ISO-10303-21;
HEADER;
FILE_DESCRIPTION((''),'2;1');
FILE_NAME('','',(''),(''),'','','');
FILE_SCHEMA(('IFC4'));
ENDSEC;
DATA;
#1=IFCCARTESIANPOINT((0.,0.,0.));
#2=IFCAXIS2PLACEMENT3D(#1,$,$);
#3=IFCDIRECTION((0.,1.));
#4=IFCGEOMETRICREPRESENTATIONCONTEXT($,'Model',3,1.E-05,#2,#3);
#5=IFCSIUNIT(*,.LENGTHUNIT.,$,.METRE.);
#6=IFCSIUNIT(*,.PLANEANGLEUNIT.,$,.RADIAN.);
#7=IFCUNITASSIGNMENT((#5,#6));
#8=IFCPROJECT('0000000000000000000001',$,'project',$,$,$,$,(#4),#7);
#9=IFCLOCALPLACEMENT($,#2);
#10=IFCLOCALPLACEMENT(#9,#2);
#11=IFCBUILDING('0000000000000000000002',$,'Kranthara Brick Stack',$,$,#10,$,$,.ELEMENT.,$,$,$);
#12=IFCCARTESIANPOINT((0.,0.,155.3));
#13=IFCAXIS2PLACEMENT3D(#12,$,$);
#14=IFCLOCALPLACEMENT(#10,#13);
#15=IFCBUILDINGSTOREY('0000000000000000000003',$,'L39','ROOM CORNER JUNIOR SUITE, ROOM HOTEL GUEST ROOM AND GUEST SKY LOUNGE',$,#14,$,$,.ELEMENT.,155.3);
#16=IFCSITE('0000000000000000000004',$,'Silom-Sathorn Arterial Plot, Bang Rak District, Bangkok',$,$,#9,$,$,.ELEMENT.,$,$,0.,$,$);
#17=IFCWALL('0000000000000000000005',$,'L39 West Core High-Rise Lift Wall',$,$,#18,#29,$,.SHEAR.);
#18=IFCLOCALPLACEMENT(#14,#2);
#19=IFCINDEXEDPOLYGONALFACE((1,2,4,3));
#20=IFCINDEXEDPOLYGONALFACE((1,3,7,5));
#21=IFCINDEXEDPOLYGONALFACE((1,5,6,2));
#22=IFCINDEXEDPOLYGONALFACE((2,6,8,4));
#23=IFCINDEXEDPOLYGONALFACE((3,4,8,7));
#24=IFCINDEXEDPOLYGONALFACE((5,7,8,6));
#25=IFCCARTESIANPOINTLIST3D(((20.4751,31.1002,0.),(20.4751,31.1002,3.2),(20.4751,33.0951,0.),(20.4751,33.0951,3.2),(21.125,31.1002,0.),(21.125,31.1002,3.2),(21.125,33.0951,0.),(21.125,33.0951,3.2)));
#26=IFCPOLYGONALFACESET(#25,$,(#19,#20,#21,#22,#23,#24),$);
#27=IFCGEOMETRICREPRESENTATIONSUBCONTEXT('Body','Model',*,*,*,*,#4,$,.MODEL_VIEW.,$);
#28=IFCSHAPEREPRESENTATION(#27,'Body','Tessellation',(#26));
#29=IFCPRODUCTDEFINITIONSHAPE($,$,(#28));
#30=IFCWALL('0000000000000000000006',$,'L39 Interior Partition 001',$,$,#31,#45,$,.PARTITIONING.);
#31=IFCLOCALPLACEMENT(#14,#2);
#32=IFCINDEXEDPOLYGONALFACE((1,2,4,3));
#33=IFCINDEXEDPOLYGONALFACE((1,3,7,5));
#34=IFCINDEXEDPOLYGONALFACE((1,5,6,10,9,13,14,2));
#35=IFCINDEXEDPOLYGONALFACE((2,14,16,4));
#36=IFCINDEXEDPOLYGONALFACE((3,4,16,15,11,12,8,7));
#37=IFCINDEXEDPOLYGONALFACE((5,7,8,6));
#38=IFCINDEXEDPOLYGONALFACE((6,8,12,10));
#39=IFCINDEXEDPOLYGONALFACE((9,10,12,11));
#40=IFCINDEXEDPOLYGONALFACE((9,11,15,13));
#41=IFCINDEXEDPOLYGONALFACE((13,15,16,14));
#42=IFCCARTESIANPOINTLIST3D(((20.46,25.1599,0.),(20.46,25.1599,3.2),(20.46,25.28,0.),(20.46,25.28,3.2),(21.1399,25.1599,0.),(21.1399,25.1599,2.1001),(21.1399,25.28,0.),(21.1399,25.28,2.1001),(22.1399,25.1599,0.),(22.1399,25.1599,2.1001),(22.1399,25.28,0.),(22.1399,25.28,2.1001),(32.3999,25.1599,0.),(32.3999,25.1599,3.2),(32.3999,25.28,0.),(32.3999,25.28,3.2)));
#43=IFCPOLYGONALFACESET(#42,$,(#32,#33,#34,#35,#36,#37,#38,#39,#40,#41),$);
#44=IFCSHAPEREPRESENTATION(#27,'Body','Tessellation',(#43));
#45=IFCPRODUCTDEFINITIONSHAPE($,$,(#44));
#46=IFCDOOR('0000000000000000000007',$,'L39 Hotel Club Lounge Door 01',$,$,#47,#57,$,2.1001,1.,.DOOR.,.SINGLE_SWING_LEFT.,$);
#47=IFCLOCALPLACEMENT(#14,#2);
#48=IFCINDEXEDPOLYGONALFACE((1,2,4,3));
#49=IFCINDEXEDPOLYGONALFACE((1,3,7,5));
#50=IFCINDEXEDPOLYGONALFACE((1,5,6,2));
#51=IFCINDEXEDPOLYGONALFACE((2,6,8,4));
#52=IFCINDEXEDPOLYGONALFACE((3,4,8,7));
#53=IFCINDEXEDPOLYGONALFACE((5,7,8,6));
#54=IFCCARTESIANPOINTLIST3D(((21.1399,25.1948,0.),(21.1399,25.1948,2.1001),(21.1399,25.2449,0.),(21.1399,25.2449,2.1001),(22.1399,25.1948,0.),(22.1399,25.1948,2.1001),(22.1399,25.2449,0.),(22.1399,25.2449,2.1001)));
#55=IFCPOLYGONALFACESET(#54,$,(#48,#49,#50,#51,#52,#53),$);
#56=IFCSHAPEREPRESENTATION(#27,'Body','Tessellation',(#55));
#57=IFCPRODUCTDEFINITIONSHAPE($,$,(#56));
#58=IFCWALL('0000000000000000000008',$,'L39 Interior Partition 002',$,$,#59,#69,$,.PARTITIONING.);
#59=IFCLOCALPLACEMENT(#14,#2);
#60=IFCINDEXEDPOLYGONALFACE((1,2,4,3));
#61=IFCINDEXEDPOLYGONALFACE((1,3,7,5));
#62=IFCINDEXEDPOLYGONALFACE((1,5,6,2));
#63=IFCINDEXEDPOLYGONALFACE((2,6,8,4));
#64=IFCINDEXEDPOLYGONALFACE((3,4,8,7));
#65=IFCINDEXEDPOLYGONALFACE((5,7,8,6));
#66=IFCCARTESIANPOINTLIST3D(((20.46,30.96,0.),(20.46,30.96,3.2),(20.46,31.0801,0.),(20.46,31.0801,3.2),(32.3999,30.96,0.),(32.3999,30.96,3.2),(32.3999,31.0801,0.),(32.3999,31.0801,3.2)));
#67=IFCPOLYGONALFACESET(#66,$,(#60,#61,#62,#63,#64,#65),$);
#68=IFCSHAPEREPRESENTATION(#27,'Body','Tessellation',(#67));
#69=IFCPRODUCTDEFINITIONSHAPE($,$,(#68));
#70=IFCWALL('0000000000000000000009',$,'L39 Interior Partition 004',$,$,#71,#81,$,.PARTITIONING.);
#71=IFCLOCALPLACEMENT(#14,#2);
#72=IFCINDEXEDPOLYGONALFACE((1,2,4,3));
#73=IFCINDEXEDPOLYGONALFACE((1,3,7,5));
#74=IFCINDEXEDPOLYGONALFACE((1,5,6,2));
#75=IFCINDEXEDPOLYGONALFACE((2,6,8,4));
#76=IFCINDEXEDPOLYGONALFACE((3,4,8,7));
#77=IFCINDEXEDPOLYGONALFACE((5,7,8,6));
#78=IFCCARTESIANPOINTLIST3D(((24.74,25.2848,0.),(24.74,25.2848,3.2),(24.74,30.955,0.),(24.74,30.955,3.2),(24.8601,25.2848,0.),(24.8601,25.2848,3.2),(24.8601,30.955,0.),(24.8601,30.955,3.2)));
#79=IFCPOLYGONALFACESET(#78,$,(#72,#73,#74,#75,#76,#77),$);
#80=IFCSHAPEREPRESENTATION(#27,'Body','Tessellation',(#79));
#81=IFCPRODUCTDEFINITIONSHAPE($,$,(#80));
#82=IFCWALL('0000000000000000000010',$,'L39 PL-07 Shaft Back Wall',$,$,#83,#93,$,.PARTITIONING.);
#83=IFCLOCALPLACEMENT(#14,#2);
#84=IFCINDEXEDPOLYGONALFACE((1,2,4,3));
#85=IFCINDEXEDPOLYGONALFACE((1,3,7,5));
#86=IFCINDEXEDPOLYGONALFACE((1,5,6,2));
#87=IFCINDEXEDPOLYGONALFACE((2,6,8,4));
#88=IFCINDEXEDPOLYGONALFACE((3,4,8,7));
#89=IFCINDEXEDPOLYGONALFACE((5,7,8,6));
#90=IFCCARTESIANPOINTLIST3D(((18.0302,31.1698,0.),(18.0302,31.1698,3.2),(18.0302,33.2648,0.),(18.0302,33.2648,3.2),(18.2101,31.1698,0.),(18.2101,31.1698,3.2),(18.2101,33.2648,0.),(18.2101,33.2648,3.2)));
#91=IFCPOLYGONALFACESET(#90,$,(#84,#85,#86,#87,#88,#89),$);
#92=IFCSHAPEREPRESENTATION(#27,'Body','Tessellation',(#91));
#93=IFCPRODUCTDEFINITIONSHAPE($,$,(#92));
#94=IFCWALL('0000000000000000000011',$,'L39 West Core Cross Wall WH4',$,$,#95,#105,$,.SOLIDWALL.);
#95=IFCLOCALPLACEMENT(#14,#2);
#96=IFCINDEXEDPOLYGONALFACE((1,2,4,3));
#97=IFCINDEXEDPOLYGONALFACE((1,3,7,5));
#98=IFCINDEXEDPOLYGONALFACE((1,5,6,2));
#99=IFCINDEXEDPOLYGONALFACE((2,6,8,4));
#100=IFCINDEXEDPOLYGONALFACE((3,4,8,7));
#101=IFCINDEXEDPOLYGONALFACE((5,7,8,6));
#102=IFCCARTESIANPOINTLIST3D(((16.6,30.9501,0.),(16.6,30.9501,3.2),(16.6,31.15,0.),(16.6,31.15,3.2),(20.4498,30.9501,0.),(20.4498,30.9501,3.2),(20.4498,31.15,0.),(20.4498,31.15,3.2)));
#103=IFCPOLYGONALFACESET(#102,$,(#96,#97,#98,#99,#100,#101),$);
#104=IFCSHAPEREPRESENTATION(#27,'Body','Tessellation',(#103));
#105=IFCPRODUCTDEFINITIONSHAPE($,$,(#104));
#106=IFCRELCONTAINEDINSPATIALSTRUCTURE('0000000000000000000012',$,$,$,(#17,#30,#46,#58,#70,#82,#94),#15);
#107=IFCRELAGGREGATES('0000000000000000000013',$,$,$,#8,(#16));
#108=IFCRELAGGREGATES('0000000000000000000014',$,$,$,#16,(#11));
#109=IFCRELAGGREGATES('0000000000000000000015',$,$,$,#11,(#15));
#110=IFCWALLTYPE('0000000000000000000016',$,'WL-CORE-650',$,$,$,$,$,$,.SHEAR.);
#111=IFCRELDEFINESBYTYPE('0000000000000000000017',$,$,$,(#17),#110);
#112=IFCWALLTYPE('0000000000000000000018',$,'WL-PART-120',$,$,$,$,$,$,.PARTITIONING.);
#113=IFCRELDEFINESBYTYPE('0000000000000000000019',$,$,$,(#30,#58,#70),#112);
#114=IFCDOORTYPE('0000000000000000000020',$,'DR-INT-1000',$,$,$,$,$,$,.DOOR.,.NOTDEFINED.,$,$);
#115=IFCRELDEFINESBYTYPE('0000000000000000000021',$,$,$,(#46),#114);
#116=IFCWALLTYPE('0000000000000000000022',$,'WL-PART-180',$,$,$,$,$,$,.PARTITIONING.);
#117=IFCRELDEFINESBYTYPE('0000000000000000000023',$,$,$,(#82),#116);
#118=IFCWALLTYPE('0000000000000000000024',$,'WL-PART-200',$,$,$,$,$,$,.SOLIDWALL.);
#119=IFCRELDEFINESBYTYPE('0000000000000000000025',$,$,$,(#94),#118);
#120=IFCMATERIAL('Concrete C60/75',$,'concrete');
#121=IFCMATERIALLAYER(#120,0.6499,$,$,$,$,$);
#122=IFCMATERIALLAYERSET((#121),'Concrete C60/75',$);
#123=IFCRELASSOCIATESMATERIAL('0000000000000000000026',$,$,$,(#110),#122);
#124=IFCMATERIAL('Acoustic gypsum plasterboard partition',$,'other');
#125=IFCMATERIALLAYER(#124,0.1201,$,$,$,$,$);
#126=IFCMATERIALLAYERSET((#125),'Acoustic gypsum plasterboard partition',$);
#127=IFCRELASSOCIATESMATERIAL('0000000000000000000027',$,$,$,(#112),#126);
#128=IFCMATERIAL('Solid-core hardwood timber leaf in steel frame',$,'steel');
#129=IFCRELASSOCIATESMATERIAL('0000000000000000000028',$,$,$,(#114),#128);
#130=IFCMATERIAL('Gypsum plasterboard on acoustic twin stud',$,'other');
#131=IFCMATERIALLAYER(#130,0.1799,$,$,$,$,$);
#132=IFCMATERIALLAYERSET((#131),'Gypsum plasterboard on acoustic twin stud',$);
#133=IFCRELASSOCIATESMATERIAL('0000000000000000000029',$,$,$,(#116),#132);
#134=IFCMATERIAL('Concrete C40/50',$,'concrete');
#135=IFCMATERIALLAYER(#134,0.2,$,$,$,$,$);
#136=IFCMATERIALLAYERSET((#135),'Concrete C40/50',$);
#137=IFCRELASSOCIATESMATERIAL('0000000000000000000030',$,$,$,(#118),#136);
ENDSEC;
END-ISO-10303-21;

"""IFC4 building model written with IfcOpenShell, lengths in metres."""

from ifc_helpers import new_model, si_unit, direction, frame, frame_2d, origin, place, context, subcontext, project, spatial, rectangle, extrude, material, layer, layer_set, type_object, element, fill, save


model = new_model("IFC4")

# Units and contexts
model_context = context("Model", 3, precision=1e-05, world=origin(), true_north=direction((0.0, 1.0)))
body_context = subcontext(model_context, "Body", "Model", "MODEL_VIEW")
ifc_project = project(units=[si_unit("LENGTHUNIT", "METRE"), si_unit("PLANEANGLEUNIT", "RADIAN")], contexts=[model_context])

# Site, building, storey
site_placement = place(None, origin())
site = spatial("IfcSite", under=ifc_project, at=site_placement, Name="Silom-Sathorn Arterial Plot, Bang Rak District, Bangkok", CompositionType="ELEMENT", RefElevation=0.0)
building_placement = place(site_placement, origin())
building = spatial("IfcBuilding", under=site, at=building_placement, Name="Kranthara Brick Stack", CompositionType="ELEMENT")
storey_placement = place(building_placement, frame((0.0, 0.0, 155.3)))
storey = spatial("IfcBuildingStorey", under=building, at=storey_placement, Name="L39", Description="ROOM CORNER JUNIOR SUITE, ROOM HOTEL GUEST ROOM AND GUEST SKY LOUNGE", CompositionType="ELEMENT", Elevation=155.3)

# Shared definitions
ifc_material_1 = material(Name="Concrete C60/75", Category="concrete")
ifc_layer_1 = layer(ifc_material_1, 0.6499)
ifc_layer_set_1 = layer_set([ifc_layer_1], Name="Concrete C60/75")
wall_type_1 = type_object("IfcWallType", Name="WL-CORE-650", PredefinedType="SHEAR", material=ifc_layer_set_1)

# Wall
wall_1_placement = place(storey_placement, frame((20.8, 31.1001, 0.0), z_axis=(0.0, 0.0, 1.0), x_axis=(0.0, 1.0, 0.0)))
element("IfcWall", 1, at=wall_1_placement, inside=storey, type_object=wall_type_1, Name="L39 West Core High-Rise Lift Wall", PredefinedType="SHEAR", context=body_context, shape_type="SweptSolid", body=[
    extrude(rectangle(XDim=1.9949, YDim=0.6499, at=frame_2d((0.9976, 0.0))), origin(), (0.0, 0.0, 1.0), 3.2),
])

# Wall, opening, door
ifc_material_2 = material(Name="Acoustic gypsum plasterboard partition", Category="other")
ifc_layer_2 = layer(ifc_material_2, 0.1201)
ifc_layer_set_2 = layer_set([ifc_layer_2], Name="Acoustic gypsum plasterboard partition")
wall_type_2 = type_object("IfcWallType", Name="WL-PART-120", PredefinedType="PARTITIONING", material=ifc_layer_set_2)
wall_2_placement = place(storey_placement, frame((20.46, 25.22, 0.0), z_axis=(0.0, 0.0, 1.0), x_axis=(1.0, 0.0, 0.0)))
wall_2 = element("IfcWall", 2, at=wall_2_placement, inside=storey, type_object=wall_type_2, Name="L39 Interior Partition 001", PredefinedType="PARTITIONING", context=body_context, shape_type="SweptSolid", body=[
    extrude(rectangle(XDim=11.9399, YDim=0.1201, at=frame_2d((5.97, 0.0))), origin(), (0.0, 0.0, 1.0), 3.2),
])
opening_1_placement = place(wall_2_placement, frame((0.6799, 0.0, 0.0)))
opening_1 = element("IfcOpeningElement", 3, at=opening_1_placement, cuts=wall_2, PredefinedType="OPENING", context=body_context, shape_type="SweptSolid", body=[
    extrude(rectangle(XDim=1.0, YDim=2.1001, at=frame_2d((0.5, 1.05))), frame((0.0, 0.0701, 0.0), z_axis=(0.0, -1.0, 0.0), x_axis=(1.0, 0.0, 0.0)), (0.0, 0.0, 1.0), 0.1401),
])
ifc_material_3 = material(Name="Solid-core hardwood timber leaf in steel frame", Category="steel")
door_type_1 = type_object("IfcDoorType", Name="DR-INT-1000", OperationType="NOTDEFINED", PredefinedType="DOOR", material=ifc_material_3)
door_1_placement = place(opening_1_placement, origin())
door_1 = element("IfcDoor", 4, at=door_1_placement, inside=storey, type_object=door_type_1, Name="L39 Hotel Club Lounge Door 01", OperationType="SINGLE_SWING_LEFT", OverallHeight=2.1001, OverallWidth=1.0, PredefinedType="DOOR", context=body_context, shape_type="SweptSolid", body=[
    extrude(rectangle(XDim=1.0, YDim=2.1001, at=frame_2d((0.5, 1.05))), frame((0.0, 0.0249, 0.0), z_axis=(0.0, -1.0, 0.0), x_axis=(1.0, 0.0, 0.0)), (0.0, 0.0, 1.0), 0.05),
])
fill(opening_1, door_1)

# Walls
wall_3_placement = place(storey_placement, frame((20.46, 31.02, 0.0), z_axis=(0.0, 0.0, 1.0), x_axis=(1.0, 0.0, 0.0)))
element("IfcWall", 5, at=wall_3_placement, inside=storey, type_object=wall_type_2, Name="L39 Interior Partition 002", PredefinedType="PARTITIONING", context=body_context, shape_type="SweptSolid", body=[
    extrude(rectangle(XDim=11.9399, YDim=0.1201, at=frame_2d((5.97, 0.0))), origin(), (0.0, 0.0, 1.0), 3.2),
])
wall_4_placement = place(storey_placement, frame((24.8, 25.2849, 0.0), z_axis=(0.0, 0.0, 1.0), x_axis=(0.0, 1.0, 0.0)))
element("IfcWall", 6, at=wall_4_placement, inside=storey, type_object=wall_type_2, Name="L39 Interior Partition 004", PredefinedType="PARTITIONING", context=body_context, shape_type="SweptSolid", body=[
    extrude(rectangle(XDim=5.6702, YDim=0.1201, at=frame_2d((2.835, 0.0))), origin(), (0.0, 0.0, 1.0), 3.2),
])
ifc_material_4 = material(Name="Gypsum plasterboard on acoustic twin stud", Category="other")
ifc_layer_3 = layer(ifc_material_4, 0.1799)
ifc_layer_set_3 = layer_set([ifc_layer_3], Name="Gypsum plasterboard on acoustic twin stud")
wall_type_3 = type_object("IfcWallType", Name="WL-PART-180", PredefinedType="PARTITIONING", material=ifc_layer_set_3)
wall_5_placement = place(storey_placement, frame((18.1201, 31.1699, 0.0), z_axis=(0.0, 0.0, 1.0), x_axis=(0.0, 1.0, 0.0)))
element("IfcWall", 7, at=wall_5_placement, inside=storey, type_object=wall_type_3, Name="L39 PL-07 Shaft Back Wall", PredefinedType="PARTITIONING", context=body_context, shape_type="SweptSolid", body=[
    extrude(rectangle(XDim=2.095, YDim=0.1799, at=frame_2d((1.0474, 0.0))), origin(), (0.0, 0.0, 1.0), 3.2),
])
ifc_material_5 = material(Name="Concrete C40/50", Category="concrete")
ifc_layer_4 = layer(ifc_material_5, 0.2)
ifc_layer_set_4 = layer_set([ifc_layer_4], Name="Concrete C40/50")
wall_type_4 = type_object("IfcWallType", Name="WL-PART-200", PredefinedType="SOLIDWALL", material=ifc_layer_set_4)
wall_6_placement = place(storey_placement, frame((16.6001, 31.05, 0.0), z_axis=(0.0, 0.0, 1.0), x_axis=(1.0, 0.0, 0.0)))
element("IfcWall", 8, at=wall_6_placement, inside=storey, type_object=wall_type_4, Name="L39 West Core Cross Wall WH4", PredefinedType="SOLIDWALL", context=body_context, shape_type="SweptSolid", body=[
    extrude(rectangle(XDim=3.8499, YDim=0.2, at=frame_2d((1.9248, 0.0))), origin(), (0.0, 0.0, 1.0), 3.2),
])

save(model, "model.ifc")
